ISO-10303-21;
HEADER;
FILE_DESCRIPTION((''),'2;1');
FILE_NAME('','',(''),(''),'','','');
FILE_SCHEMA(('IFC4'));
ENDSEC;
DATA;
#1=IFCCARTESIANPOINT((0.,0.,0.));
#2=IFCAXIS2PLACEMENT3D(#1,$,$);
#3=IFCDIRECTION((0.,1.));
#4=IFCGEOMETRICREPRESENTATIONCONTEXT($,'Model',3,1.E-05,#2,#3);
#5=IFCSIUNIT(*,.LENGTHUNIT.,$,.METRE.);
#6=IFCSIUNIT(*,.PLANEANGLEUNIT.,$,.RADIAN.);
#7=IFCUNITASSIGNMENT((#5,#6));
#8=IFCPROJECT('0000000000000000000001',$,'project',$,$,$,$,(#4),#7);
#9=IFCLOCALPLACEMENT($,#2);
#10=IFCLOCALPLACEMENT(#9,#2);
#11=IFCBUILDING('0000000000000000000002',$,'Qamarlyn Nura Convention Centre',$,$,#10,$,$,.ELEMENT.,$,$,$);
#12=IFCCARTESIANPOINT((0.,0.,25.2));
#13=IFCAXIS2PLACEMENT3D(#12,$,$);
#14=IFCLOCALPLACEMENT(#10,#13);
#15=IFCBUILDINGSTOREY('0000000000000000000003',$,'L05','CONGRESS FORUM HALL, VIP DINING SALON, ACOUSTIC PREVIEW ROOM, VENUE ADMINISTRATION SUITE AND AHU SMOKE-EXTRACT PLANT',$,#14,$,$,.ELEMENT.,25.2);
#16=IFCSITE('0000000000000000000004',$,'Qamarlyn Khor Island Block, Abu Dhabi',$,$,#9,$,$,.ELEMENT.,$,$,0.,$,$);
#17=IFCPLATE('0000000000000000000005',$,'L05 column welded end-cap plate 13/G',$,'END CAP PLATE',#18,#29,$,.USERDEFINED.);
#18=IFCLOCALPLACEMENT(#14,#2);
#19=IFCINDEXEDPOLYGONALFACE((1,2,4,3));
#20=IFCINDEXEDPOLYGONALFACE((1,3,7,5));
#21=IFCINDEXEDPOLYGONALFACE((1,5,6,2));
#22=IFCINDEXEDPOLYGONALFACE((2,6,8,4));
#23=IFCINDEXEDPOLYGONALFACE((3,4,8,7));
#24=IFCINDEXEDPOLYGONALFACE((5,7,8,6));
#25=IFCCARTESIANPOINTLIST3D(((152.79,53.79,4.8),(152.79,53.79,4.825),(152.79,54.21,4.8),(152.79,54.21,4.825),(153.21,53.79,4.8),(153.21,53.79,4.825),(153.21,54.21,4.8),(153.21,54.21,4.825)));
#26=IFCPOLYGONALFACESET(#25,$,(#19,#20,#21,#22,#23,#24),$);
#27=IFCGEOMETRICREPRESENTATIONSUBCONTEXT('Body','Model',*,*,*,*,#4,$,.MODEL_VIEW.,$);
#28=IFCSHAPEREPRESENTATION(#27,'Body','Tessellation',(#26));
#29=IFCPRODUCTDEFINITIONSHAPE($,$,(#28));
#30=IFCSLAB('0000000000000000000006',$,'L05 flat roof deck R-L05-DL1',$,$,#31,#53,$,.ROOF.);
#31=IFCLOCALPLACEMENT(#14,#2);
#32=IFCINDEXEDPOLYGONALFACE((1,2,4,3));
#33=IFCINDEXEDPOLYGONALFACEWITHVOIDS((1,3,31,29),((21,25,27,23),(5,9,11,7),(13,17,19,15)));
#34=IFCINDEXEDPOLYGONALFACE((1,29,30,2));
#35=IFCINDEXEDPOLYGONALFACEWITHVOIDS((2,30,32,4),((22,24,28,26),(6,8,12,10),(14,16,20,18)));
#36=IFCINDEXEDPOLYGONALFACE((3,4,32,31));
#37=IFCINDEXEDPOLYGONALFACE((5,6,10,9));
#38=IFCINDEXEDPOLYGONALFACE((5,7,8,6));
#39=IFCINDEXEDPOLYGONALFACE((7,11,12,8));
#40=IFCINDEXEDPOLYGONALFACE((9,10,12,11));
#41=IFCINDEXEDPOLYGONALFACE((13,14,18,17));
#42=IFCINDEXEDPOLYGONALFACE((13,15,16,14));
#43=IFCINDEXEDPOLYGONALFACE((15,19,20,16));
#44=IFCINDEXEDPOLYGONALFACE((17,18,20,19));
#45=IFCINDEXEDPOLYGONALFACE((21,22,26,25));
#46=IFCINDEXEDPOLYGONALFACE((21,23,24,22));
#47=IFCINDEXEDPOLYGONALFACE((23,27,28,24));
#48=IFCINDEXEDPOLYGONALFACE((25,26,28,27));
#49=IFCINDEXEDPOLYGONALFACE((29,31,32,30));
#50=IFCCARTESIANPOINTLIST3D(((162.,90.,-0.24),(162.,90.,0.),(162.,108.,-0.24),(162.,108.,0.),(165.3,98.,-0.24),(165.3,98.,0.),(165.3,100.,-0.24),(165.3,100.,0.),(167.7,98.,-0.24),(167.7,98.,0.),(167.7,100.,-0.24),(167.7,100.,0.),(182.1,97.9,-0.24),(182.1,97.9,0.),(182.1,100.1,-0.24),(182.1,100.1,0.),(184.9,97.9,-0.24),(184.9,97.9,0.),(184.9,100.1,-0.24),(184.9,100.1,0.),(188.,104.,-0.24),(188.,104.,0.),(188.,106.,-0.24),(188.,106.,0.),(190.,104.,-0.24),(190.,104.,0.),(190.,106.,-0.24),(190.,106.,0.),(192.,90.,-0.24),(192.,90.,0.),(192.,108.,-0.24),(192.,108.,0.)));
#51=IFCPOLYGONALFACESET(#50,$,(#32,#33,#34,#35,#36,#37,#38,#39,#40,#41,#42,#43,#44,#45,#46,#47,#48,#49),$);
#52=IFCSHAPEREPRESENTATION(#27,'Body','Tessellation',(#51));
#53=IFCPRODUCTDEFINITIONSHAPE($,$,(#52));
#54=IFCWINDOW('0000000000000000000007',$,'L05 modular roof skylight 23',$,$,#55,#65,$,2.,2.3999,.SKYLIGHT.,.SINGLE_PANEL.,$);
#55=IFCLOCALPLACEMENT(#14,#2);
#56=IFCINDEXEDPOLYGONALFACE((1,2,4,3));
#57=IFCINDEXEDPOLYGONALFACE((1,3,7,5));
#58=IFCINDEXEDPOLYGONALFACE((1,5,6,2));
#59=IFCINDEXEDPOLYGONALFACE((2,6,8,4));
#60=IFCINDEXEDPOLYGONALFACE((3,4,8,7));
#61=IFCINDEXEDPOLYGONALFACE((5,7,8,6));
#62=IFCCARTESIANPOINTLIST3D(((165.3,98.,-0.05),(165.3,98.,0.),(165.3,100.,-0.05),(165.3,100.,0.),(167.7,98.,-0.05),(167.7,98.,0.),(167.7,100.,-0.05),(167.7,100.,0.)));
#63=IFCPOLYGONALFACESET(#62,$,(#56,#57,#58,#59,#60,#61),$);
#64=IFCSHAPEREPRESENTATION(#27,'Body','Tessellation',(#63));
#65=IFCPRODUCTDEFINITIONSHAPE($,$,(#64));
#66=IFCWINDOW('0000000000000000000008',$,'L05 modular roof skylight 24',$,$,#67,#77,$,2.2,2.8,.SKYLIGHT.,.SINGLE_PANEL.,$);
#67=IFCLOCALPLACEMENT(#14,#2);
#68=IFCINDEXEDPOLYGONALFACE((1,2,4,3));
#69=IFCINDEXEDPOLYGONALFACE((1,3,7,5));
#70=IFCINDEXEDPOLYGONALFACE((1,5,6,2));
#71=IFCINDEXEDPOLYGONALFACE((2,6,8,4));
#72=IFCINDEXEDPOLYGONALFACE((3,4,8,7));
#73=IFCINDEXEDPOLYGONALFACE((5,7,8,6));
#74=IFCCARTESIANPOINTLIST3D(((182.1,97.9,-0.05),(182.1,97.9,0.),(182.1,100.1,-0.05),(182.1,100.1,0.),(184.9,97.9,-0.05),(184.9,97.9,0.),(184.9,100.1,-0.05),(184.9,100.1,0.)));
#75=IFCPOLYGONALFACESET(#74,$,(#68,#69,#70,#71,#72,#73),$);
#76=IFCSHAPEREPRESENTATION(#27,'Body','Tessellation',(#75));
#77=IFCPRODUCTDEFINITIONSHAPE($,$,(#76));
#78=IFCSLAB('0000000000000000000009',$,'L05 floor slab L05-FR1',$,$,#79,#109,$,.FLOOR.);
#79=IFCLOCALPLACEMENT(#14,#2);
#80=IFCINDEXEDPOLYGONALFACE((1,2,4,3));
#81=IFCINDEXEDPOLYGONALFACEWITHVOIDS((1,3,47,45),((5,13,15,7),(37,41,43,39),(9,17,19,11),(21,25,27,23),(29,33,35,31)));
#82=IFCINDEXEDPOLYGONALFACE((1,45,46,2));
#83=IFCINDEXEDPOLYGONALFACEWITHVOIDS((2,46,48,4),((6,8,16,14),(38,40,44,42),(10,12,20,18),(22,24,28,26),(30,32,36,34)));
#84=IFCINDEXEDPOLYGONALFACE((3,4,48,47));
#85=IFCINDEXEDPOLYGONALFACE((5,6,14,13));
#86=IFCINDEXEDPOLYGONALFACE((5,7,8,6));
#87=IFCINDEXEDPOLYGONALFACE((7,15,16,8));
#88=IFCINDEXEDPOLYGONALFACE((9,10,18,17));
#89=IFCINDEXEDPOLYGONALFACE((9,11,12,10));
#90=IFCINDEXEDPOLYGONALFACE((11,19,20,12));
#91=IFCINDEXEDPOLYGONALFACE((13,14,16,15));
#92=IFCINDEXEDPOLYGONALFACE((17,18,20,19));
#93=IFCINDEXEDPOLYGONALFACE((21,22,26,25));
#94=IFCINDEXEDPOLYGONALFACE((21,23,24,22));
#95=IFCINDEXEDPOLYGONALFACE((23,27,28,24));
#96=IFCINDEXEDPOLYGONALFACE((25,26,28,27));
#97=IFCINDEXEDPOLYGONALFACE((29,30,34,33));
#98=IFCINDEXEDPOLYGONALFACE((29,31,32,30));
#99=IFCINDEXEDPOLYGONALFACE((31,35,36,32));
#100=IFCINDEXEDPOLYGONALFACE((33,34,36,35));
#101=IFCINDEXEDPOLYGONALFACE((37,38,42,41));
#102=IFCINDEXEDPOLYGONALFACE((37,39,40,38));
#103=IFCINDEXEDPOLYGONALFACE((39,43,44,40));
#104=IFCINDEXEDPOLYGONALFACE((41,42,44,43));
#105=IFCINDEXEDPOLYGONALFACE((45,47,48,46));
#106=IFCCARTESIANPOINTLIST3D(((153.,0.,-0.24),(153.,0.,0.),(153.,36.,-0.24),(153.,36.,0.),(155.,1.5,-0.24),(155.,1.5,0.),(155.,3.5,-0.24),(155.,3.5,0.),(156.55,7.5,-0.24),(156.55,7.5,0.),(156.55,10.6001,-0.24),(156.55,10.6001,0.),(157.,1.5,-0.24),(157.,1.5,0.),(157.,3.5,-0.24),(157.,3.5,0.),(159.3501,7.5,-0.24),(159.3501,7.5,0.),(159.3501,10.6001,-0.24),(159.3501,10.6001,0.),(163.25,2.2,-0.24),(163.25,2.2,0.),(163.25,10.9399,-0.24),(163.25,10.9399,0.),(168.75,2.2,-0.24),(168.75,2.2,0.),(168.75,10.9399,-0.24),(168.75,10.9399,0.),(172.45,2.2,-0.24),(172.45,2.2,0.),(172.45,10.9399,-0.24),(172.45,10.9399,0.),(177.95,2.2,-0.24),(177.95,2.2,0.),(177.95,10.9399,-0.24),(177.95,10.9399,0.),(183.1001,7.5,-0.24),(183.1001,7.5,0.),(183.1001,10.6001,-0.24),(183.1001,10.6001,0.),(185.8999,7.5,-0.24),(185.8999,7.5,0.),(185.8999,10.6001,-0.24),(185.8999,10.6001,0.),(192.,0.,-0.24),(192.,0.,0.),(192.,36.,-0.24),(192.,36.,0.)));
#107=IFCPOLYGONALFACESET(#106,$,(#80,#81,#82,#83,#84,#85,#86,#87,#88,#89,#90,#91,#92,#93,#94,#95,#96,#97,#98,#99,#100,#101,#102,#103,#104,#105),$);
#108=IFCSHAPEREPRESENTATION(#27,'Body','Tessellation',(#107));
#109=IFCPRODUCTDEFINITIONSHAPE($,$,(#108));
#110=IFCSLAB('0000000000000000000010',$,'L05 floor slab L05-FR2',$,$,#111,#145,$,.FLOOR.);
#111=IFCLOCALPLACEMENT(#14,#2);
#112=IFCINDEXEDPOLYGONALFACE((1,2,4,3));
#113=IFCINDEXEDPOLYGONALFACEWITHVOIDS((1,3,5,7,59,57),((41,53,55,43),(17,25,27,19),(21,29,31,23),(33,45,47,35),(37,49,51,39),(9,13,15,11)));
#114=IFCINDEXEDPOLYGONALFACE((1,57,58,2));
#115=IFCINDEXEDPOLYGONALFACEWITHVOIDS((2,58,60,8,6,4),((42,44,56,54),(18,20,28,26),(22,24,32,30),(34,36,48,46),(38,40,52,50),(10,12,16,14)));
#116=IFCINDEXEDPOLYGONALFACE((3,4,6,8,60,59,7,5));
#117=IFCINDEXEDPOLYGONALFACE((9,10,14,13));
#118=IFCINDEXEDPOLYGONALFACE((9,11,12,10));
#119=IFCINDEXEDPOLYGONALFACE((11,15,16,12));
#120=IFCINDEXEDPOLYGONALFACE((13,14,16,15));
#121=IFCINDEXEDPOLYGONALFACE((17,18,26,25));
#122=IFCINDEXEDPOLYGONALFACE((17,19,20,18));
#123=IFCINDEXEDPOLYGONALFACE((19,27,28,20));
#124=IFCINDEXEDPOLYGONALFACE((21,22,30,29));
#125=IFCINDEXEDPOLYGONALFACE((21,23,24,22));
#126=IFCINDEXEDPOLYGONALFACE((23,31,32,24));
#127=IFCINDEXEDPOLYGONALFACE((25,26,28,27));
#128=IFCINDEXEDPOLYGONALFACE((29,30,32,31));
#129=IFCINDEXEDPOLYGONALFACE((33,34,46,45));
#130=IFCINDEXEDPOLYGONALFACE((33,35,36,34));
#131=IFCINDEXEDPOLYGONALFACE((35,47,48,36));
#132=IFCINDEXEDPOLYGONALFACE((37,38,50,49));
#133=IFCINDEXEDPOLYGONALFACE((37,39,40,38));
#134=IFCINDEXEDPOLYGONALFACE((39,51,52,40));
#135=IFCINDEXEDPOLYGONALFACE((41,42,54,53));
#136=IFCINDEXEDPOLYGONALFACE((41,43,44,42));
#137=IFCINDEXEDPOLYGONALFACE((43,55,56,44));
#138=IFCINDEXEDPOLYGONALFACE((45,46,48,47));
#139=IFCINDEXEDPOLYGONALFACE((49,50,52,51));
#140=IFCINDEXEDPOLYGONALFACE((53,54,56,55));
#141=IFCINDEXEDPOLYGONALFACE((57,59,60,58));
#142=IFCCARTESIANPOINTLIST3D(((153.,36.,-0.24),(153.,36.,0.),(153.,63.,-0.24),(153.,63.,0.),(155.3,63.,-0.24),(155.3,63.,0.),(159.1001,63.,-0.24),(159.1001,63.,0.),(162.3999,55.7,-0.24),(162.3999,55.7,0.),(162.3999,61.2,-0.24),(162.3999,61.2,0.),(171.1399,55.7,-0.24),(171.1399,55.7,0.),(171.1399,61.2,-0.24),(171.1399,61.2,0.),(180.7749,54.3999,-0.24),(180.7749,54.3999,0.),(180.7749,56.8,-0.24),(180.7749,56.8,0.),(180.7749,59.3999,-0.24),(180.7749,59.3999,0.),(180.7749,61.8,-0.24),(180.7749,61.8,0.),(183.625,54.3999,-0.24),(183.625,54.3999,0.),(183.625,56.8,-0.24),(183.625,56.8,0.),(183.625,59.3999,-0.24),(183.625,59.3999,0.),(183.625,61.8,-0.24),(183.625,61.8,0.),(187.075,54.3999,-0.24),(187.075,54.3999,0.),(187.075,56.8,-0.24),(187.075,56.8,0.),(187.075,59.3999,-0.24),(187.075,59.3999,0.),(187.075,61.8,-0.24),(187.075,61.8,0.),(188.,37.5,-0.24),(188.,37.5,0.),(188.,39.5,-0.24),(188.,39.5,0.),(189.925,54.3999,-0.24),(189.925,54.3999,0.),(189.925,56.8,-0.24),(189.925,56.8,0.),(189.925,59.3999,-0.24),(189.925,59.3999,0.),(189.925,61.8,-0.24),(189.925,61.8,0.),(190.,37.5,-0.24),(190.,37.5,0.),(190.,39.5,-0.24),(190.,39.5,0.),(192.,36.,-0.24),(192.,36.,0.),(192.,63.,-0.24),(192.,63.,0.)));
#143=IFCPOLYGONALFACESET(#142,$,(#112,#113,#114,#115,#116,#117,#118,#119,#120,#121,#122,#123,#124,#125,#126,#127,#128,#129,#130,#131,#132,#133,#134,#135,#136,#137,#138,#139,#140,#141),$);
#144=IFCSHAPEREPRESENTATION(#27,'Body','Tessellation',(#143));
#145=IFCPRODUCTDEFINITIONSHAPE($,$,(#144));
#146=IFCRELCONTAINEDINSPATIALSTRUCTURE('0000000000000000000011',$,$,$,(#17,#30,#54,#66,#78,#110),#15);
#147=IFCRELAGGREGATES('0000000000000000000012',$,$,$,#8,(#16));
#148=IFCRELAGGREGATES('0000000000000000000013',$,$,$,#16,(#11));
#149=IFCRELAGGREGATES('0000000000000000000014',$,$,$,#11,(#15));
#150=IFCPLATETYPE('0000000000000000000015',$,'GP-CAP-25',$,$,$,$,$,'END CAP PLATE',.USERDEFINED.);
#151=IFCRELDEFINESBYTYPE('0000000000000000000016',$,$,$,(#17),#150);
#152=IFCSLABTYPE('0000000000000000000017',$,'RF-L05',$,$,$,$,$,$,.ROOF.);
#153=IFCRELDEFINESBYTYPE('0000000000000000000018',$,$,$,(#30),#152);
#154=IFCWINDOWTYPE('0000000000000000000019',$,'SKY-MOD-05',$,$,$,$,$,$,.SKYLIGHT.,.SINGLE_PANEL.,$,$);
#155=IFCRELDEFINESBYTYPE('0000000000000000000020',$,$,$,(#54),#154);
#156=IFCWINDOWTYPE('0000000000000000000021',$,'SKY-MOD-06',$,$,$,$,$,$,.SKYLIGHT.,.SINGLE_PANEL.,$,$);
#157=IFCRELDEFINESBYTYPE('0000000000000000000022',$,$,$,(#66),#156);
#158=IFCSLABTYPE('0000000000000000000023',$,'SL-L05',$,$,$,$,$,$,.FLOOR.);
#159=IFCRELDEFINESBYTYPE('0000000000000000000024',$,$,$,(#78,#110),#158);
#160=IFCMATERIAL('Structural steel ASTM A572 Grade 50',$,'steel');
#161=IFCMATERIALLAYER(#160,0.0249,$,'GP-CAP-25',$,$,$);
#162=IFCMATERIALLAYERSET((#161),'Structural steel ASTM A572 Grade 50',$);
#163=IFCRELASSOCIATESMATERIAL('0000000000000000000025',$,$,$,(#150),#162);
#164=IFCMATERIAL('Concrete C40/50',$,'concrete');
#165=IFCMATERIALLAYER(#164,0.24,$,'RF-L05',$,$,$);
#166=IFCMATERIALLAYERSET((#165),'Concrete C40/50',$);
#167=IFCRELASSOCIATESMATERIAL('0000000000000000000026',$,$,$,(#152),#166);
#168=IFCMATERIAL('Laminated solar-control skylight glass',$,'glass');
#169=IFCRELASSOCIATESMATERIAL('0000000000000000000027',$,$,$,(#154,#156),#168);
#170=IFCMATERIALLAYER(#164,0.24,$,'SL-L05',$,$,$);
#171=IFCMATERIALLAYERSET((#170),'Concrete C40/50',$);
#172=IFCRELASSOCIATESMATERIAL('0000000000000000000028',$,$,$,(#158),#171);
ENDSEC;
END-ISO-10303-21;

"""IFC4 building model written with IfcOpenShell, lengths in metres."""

from ifc_helpers import new_model, si_unit, direction, frame, origin, origin_2d, place, context, subcontext, project, spatial, polyline, rectangle, outline, extrude, material, layer, layer_set, type_object, element, fill, save


model = new_model("IFC4")

# Units and contexts
model_context = context("Model", 3, precision=1e-05, world=origin(), true_north=direction((0.0, 1.0)))
body_context = subcontext(model_context, "Body", "Model", "MODEL_VIEW")
ifc_project = project(units=[si_unit("LENGTHUNIT", "METRE"), si_unit("PLANEANGLEUNIT", "RADIAN")], contexts=[model_context])

# Site, building, storey
site_placement = place(None, origin())
site = spatial("IfcSite", under=ifc_project, at=site_placement, Name="Qamarlyn Khor Island Block, Abu Dhabi", CompositionType="ELEMENT", RefElevation=0.0)
building_placement = place(site_placement, origin())
building = spatial("IfcBuilding", under=site, at=building_placement, Name="Qamarlyn Nura Convention Centre", CompositionType="ELEMENT")
storey_placement = place(building_placement, frame((0.0, 0.0, 25.2)))
storey = spatial("IfcBuildingStorey", under=building, at=storey_placement, Name="L05", Description="CONGRESS FORUM HALL, VIP DINING SALON, ACOUSTIC PREVIEW ROOM, VENUE ADMINISTRATION SUITE AND AHU SMOKE-EXTRACT PLANT", CompositionType="ELEMENT", Elevation=25.2)

# Plate
ifc_material_1 = material(Name="Structural steel ASTM A572 Grade 50", Category="steel")
ifc_layer_1 = layer(ifc_material_1, 0.0249, Name="GP-CAP-25")
ifc_layer_set_1 = layer_set([ifc_layer_1], Name="Structural steel ASTM A572 Grade 50")
plate_type = type_object("IfcPlateType", Name="GP-CAP-25", ElementType="END CAP PLATE", PredefinedType="USERDEFINED", material=ifc_layer_set_1)
for number, where, z_axis, x_axis, name in (
    (1, (153.0, 54.0, 4.8), (0.0, 0.0, 1.0), (1.0, 0.0, 0.0), "L05 column welded end-cap plate 13/G"),
):
    element("IfcPlate", number, at=place(storey_placement, frame(where, z_axis=z_axis, x_axis=x_axis)), inside=storey, type_object=plate_type, Name=name, ObjectType="END CAP PLATE", PredefinedType="USERDEFINED", context=body_context, shape_type="SweptSolid", body=[
        extrude(rectangle(XDim=0.4199, YDim=0.4199, at=origin_2d()), origin(), (0.0, 0.0, 1.0), 0.0249),
    ])

# Slab, openings, windows
ifc_material_2 = material(Name="Concrete C40/50", Category="concrete")
ifc_layer_2 = layer(ifc_material_2, 0.24, Name="RF-L05")
ifc_layer_set_2 = layer_set([ifc_layer_2], Name="Concrete C40/50")
slab_type_1 = type_object("IfcSlabType", Name="RF-L05", PredefinedType="ROOF", material=ifc_layer_set_2)
slab_1_placement = place(storey_placement, frame((0.0, 0.0, -0.24)))
slab_1 = element("IfcSlab", 2, at=slab_1_placement, inside=storey, type_object=slab_type_1, Name="L05 flat roof deck R-L05-DL1", PredefinedType="ROOF", context=body_context, shape_type="SweptSolid", body=[
    extrude(outline(polyline([(162.0, 90.0), (162.0, 108.0), (192.0, 108.0), (192.0, 90.0), (162.0, 90.0)]), holes=[polyline([(190.0, 106.0), (188.0, 106.0), (188.0, 104.0), (190.0, 104.0), (190.0, 106.0)])]), origin(), (0.0, 0.0, 1.0), 0.24),
])
opening_1_placement = place(slab_1_placement, frame((166.5, 99.0, 0.0)))
opening_1 = element("IfcOpeningElement", 3, at=opening_1_placement, cuts=slab_1, PredefinedType="OPENING", context=body_context, shape_type="SweptSolid", body=[
    extrude(rectangle(XDim=2.3999, YDim=2.0, at=origin_2d()), frame((0.0, 0.0, -0.01)), (0.0, 0.0, 1.0), 0.26),
])
opening_2_placement = place(slab_1_placement, frame((183.5, 99.0, 0.0)))
opening_2 = element("IfcOpeningElement", 4, at=opening_2_placement, cuts=slab_1, PredefinedType="OPENING", context=body_context, shape_type="SweptSolid", body=[
    extrude(rectangle(XDim=2.8, YDim=2.2, at=origin_2d()), frame((0.0, 0.0, -0.01)), (0.0, 0.0, 1.0), 0.26),
])
ifc_material_3 = material(Name="Laminated solar-control skylight glass", Category="glass")
window_type_1 = type_object("IfcWindowType", Name="SKY-MOD-05", PartitioningType="SINGLE_PANEL", PredefinedType="SKYLIGHT", material=ifc_material_3)
window_1_placement = place(opening_1_placement, frame((0.0, 0.0, 0.1899)))
window_1 = element("IfcWindow", 5, at=window_1_placement, inside=storey, type_object=window_type_1, Name="L05 modular roof skylight 23", OverallHeight=2.0, OverallWidth=2.3999, PartitioningType="SINGLE_PANEL", PredefinedType="SKYLIGHT", context=body_context, shape_type="SweptSolid", body=[
    extrude(rectangle(XDim=2.3999, YDim=2.0, at=origin_2d()), origin(), (0.0, 0.0, 1.0), 0.05),
])
fill(opening_1, window_1)
window_type_2 = type_object("IfcWindowType", Name="SKY-MOD-06", PartitioningType="SINGLE_PANEL", PredefinedType="SKYLIGHT", material=ifc_material_3)
window_2_placement = place(opening_2_placement, frame((0.0, 0.0, 0.1899)))
window_2 = element("IfcWindow", 6, at=window_2_placement, inside=storey, type_object=window_type_2, Name="L05 modular roof skylight 24", OverallHeight=2.2, OverallWidth=2.8, PartitioningType="SINGLE_PANEL", PredefinedType="SKYLIGHT", context=body_context, shape_type="SweptSolid", body=[
    extrude(rectangle(XDim=2.8, YDim=2.2, at=origin_2d()), origin(), (0.0, 0.0, 1.0), 0.05),
])
fill(opening_2, window_2)

# Slabs
ifc_layer_3 = layer(ifc_material_2, 0.24, Name="SL-L05")
ifc_layer_set_3 = layer_set([ifc_layer_3], Name="Concrete C40/50")
slab_type_2 = type_object("IfcSlabType", Name="SL-L05", PredefinedType="FLOOR", material=ifc_layer_set_3)
slab_2_placement = place(storey_placement, frame((0.0, 0.0, -0.24)))
element("IfcSlab", 7, at=slab_2_placement, inside=storey, type_object=slab_type_2, Name="L05 floor slab L05-FR1", PredefinedType="FLOOR", context=body_context, shape_type="SweptSolid", body=[
    extrude(outline(polyline([(153.0, 36.0), (192.0, 36.0), (192.0, 0.0), (153.0, 0.0), (153.0, 36.0)]), holes=[polyline([(155.0, 3.5), (155.0, 1.5), (157.0, 1.5), (157.0, 3.5), (155.0, 3.5)]), polyline([(168.75, 2.2), (168.75, 10.9399), (163.25, 10.9399), (163.25, 2.2), (168.75, 2.2)]), polyline([(172.45, 2.2), (177.95, 2.2), (177.95, 10.9399), (172.45, 10.9399), (172.45, 2.2)]), polyline([(159.3501, 10.6001), (156.55, 10.6001), (156.55, 7.5), (159.3501, 7.5), (159.3501, 10.6001)]), polyline([(185.8999, 10.6001), (183.1001, 10.6001), (183.1001, 7.5), (185.8999, 7.5), (185.8999, 10.6001)])]), origin(), (0.0, 0.0, 1.0), 0.24),
])
slab_3_placement = place(storey_placement, frame((0.0, 0.0, -0.24)))
element("IfcSlab", 8, at=slab_3_placement, inside=storey, type_object=slab_type_2, Name="L05 floor slab L05-FR2", PredefinedType="FLOOR", context=body_context, shape_type="SweptSolid", body=[
    extrude(outline(polyline([(153.0, 63.0), (155.3, 63.0), (159.1001, 63.0), (192.0, 63.0), (192.0, 36.0), (153.0, 36.0), (153.0, 63.0)]), holes=[polyline([(188.0, 39.5), (188.0, 37.5), (190.0, 37.5), (190.0, 39.5), (188.0, 39.5)]), polyline([(162.3999, 61.2), (162.3999, 55.7), (171.1399, 55.7), (171.1399, 61.2), (162.3999, 61.2)]), polyline([(183.625, 56.8), (180.7749, 56.8), (180.7749, 54.3999), (183.625, 54.3999), (183.625, 56.8)]), polyline([(189.925, 56.8), (187.075, 56.8), (187.075, 54.3999), (189.925, 54.3999), (189.925, 56.8)]), polyline([(183.625, 61.8), (180.7749, 61.8), (180.7749, 59.3999), (183.625, 59.3999), (183.625, 61.8)]), polyline([(189.925, 61.8), (187.075, 61.8), (187.075, 59.3999), (189.925, 59.3999), (189.925, 61.8)])]), origin(), (0.0, 0.0, 1.0), 0.24),
])

save(model, "model.ifc")
